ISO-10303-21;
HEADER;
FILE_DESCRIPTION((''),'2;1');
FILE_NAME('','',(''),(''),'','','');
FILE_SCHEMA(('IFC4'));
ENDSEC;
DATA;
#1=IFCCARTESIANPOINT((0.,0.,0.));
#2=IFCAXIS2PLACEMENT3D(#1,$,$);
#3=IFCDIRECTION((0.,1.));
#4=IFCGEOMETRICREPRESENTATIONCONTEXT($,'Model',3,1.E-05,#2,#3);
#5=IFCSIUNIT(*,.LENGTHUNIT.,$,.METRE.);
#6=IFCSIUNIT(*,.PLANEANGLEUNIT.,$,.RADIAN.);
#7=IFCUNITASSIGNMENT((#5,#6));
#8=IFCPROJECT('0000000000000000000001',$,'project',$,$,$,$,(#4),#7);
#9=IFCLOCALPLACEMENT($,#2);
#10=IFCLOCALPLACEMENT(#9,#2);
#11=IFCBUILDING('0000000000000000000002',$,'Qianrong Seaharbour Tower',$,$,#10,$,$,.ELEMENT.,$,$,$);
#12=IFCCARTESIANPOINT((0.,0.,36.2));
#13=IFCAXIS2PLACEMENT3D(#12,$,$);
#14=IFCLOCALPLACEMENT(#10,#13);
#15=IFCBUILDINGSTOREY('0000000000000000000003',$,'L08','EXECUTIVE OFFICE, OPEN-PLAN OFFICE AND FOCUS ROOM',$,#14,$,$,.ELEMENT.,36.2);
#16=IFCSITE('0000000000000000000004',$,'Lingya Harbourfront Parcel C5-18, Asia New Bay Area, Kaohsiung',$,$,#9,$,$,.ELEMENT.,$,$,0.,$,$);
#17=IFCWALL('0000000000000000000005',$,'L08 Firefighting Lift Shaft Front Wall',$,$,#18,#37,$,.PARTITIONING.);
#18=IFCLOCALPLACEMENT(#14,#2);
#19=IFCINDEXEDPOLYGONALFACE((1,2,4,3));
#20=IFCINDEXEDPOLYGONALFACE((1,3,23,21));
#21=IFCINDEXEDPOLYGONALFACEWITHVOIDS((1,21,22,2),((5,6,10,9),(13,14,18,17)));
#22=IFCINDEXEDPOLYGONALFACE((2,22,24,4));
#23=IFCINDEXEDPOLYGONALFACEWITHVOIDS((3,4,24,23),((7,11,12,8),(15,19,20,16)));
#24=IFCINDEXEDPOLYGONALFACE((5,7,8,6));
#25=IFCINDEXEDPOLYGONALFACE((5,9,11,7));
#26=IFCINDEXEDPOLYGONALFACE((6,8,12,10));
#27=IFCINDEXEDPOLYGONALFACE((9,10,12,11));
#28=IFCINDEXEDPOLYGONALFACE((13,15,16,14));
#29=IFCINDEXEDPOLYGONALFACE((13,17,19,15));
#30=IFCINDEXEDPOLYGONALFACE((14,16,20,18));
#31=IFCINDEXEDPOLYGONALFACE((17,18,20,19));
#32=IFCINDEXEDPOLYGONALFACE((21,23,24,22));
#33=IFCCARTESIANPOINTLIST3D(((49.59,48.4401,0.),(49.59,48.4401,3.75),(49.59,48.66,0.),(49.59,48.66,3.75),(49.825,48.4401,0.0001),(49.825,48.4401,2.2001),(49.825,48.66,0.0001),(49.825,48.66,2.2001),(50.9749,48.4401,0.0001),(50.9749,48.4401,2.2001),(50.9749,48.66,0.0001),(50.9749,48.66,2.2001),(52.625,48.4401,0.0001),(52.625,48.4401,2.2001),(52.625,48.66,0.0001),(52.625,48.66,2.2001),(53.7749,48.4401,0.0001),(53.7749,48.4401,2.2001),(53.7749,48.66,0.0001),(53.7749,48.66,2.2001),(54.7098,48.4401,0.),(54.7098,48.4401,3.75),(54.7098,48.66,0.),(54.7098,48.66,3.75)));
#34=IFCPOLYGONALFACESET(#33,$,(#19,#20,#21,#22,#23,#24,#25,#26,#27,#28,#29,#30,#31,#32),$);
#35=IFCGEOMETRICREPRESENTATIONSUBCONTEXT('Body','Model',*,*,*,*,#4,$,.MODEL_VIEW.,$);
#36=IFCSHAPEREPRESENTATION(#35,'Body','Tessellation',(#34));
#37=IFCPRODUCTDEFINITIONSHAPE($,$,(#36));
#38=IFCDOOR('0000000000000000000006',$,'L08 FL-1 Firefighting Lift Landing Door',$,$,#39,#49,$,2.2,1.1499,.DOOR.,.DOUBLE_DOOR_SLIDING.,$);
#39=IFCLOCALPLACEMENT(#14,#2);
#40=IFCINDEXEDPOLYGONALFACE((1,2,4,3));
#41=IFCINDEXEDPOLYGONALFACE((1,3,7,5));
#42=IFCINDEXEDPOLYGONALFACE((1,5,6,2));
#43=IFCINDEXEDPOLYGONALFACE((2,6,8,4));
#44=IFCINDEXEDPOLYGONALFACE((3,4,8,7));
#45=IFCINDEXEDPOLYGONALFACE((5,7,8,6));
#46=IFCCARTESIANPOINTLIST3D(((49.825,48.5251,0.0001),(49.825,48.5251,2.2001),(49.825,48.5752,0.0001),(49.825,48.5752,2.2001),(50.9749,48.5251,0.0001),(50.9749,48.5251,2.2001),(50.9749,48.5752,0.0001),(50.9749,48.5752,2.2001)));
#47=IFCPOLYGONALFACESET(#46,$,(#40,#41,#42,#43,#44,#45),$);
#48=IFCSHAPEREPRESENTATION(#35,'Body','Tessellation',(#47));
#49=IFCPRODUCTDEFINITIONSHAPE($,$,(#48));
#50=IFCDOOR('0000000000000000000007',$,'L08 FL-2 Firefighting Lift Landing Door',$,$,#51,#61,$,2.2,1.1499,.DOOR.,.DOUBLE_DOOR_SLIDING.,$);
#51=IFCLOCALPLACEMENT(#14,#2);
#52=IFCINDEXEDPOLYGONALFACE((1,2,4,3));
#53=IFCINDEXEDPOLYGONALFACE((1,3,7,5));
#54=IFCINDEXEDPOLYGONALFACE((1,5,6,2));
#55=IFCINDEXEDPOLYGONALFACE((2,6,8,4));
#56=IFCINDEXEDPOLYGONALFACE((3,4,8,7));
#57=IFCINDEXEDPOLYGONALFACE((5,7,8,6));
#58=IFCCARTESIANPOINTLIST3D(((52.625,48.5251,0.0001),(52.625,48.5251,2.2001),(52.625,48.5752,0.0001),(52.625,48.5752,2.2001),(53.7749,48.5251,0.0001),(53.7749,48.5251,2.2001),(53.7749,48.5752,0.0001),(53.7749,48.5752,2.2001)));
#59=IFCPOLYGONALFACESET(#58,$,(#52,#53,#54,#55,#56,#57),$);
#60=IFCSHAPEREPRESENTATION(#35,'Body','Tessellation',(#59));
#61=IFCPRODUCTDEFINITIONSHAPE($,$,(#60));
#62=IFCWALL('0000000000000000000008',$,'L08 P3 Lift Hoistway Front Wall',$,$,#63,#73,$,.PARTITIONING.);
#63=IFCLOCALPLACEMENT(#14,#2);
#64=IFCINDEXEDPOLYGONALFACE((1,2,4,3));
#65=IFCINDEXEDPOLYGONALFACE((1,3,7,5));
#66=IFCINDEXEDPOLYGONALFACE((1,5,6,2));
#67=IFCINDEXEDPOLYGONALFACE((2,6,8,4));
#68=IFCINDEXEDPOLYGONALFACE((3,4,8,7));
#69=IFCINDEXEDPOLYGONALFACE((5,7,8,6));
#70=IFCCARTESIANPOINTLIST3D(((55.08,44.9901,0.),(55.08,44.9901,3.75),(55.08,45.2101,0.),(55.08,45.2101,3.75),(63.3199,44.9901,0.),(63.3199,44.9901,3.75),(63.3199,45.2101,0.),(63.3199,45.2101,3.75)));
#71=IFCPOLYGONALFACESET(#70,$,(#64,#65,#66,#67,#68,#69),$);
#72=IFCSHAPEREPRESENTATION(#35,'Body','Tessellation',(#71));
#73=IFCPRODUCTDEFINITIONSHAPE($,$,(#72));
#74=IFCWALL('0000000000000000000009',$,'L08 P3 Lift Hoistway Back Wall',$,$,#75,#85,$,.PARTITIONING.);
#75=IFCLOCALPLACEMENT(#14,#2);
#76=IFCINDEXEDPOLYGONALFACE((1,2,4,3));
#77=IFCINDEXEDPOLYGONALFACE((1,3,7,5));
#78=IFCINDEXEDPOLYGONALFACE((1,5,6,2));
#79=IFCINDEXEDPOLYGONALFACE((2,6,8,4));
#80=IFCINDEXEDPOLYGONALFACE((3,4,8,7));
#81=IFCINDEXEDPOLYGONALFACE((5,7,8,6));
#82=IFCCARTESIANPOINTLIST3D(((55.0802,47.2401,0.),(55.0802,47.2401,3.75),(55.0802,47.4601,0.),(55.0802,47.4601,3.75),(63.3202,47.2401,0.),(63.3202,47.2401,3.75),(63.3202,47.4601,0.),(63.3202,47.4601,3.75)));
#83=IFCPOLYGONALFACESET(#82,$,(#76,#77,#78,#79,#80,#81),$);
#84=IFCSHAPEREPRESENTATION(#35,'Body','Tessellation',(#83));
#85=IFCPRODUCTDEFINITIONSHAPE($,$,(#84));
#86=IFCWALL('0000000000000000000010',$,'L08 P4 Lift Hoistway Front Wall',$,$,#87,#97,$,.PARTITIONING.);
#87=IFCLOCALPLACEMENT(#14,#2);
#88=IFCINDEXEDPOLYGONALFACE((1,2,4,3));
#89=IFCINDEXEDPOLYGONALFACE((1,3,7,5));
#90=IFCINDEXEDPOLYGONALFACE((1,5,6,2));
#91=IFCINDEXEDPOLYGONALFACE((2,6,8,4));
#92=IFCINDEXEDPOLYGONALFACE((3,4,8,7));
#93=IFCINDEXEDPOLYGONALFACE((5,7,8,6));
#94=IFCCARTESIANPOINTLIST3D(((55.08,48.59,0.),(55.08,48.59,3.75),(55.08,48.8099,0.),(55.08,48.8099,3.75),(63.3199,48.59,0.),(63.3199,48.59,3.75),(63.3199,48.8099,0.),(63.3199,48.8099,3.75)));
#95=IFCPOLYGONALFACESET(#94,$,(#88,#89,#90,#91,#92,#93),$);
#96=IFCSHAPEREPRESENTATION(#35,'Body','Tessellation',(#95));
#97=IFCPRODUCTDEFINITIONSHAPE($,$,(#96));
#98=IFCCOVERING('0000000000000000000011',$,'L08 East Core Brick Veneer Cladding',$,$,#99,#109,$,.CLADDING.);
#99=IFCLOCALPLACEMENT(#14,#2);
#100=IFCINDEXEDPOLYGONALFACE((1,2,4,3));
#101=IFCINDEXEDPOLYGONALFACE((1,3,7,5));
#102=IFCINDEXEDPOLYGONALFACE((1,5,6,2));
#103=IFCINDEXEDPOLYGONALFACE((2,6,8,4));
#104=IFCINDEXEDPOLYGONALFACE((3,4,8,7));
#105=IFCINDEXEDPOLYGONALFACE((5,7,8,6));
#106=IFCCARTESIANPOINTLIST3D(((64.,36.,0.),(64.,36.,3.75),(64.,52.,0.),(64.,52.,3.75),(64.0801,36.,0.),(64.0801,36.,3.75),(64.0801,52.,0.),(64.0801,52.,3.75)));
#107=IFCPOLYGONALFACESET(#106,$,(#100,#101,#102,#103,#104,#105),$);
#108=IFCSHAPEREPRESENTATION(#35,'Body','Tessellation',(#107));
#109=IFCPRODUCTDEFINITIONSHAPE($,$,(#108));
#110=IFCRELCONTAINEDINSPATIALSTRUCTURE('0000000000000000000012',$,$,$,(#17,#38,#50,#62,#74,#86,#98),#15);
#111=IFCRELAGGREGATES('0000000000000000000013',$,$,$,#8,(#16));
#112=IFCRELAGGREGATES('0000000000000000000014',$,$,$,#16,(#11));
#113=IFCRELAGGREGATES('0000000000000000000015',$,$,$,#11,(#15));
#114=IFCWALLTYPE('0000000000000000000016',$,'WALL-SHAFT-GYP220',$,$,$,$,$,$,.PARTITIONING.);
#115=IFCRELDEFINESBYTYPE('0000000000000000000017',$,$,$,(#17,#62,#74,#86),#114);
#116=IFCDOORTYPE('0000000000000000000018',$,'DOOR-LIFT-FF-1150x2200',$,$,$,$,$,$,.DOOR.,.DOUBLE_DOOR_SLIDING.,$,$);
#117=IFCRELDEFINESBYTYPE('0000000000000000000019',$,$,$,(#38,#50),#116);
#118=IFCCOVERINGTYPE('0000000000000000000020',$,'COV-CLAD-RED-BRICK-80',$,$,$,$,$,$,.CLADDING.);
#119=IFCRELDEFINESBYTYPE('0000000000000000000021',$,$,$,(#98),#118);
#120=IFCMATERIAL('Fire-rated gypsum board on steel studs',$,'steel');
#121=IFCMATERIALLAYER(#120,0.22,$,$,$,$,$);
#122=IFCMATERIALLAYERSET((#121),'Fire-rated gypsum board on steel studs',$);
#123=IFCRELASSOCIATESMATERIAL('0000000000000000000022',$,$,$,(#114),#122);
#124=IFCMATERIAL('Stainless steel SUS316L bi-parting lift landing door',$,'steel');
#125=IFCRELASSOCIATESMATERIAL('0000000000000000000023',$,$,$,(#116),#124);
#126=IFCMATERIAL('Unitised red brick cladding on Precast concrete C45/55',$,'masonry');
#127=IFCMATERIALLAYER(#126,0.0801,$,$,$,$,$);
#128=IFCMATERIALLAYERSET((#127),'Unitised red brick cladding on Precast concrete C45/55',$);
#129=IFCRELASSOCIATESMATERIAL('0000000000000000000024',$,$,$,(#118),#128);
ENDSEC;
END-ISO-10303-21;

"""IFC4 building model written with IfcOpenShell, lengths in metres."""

from ifc_helpers import new_model, si_unit, direction, frame, frame_2d, origin, origin_2d, place, context, subcontext, project, spatial, rectangle, extrude, material, layer, layer_set, type_object, element, fill, save


model = new_model("IFC4")

# Units and contexts
model_context = context("Model", 3, precision=1e-05, world=origin(), true_north=direction((0.0, 1.0)))
body_context = subcontext(model_context, "Body", "Model", "MODEL_VIEW")
ifc_project = project(units=[si_unit("LENGTHUNIT", "METRE"), si_unit("PLANEANGLEUNIT", "RADIAN")], contexts=[model_context])

# Site, building, storey
site_placement = place(None, origin())
site = spatial("IfcSite", under=ifc_project, at=site_placement, Name="Lingya Harbourfront Parcel C5-18, Asia New Bay Area, Kaohsiung", CompositionType="ELEMENT", RefElevation=0.0)
building_placement = place(site_placement, origin())
building = spatial("IfcBuilding", under=site, at=building_placement, Name="Qianrong Seaharbour Tower", CompositionType="ELEMENT")
storey_placement = place(building_placement, frame((0.0, 0.0, 36.2)))
storey = spatial("IfcBuildingStorey", under=building, at=storey_placement, Name="L08", Description="EXECUTIVE OFFICE, OPEN-PLAN OFFICE AND FOCUS ROOM", CompositionType="ELEMENT", Elevation=36.2)

# Shared definitions
ifc_material_1 = material(Name="Fire-rated gypsum board on steel studs", Category="steel")

# Wall, openings, doors
ifc_layer_1 = layer(ifc_material_1, 0.22)
ifc_layer_set_1 = layer_set([ifc_layer_1], Name="Fire-rated gypsum board on steel studs")
wall_type_1 = type_object("IfcWallType", Name="WALL-SHAFT-GYP220", PredefinedType="PARTITIONING", material=ifc_layer_set_1)
wall_1_placement = place(storey_placement, frame((54.71, 48.55, 0.0), z_axis=(0.0, 0.0, 1.0), x_axis=(-1.0, 0.0, 0.0)))
wall_1 = element("IfcWall", 1, at=wall_1_placement, inside=storey, type_object=wall_type_1, Name="L08 Firefighting Lift Shaft Front Wall", PredefinedType="PARTITIONING", context=body_context, shape_type="SweptSolid", body=[
    extrude(rectangle(XDim=5.1199, YDim=0.22, at=frame_2d((2.5601, 0.0))), origin(), (0.0, 0.0, 1.0), 3.75),
])
opening_1_placement = place(wall_1_placement, frame((3.7351, 0.0, 0.0)))
opening_1 = element("IfcOpeningElement", 2, at=opening_1_placement, cuts=wall_1, PredefinedType="OPENING", context=body_context, shape_type="SweptSolid", body=[
    extrude(rectangle(XDim=1.1499, YDim=2.2, at=frame_2d((0.575, 1.1001))), frame((0.0, 0.1201, 0.0), z_axis=(0.0, -1.0, 0.0), x_axis=(1.0, 0.0, 0.0)), (0.0, 0.0, 1.0), 0.24),
])
opening_2_placement = place(wall_1_placement, frame((0.9351, 0.0, 0.0)))
opening_2 = element("IfcOpeningElement", 3, at=opening_2_placement, cuts=wall_1, PredefinedType="OPENING", context=body_context, shape_type="SweptSolid", body=[
    extrude(rectangle(XDim=1.1499, YDim=2.2, at=frame_2d((0.575, 1.1001))), frame((0.0, 0.1201, 0.0), z_axis=(0.0, -1.0, 0.0), x_axis=(1.0, 0.0, 0.0)), (0.0, 0.0, 1.0), 0.24),
])
ifc_material_2 = material(Name="Stainless steel SUS316L bi-parting lift landing door", Category="steel")
door_type_1 = type_object("IfcDoorType", Name="DOOR-LIFT-FF-1150x2200", OperationType="DOUBLE_DOOR_SLIDING", PredefinedType="DOOR", material=ifc_material_2)
door_1_placement = place(opening_1_placement, origin())
door_1 = element("IfcDoor", 4, at=door_1_placement, inside=storey, type_object=door_type_1, Name="L08 FL-1 Firefighting Lift Landing Door", OperationType="DOUBLE_DOOR_SLIDING", OverallHeight=2.2, OverallWidth=1.1499, PredefinedType="DOOR", context=body_context, shape_type="SweptSolid", body=[
    extrude(rectangle(XDim=1.1499, YDim=2.2, at=frame_2d((0.575, 1.1001))), frame((0.0, 0.0249, 0.0), z_axis=(0.0, -1.0, 0.0), x_axis=(1.0, 0.0, 0.0)), (0.0, 0.0, 1.0), 0.05),
])
fill(opening_1, door_1)
door_2_placement = place(opening_2_placement, origin())
door_2 = element("IfcDoor", 5, at=door_2_placement, inside=storey, type_object=door_type_1, Name="L08 FL-2 Firefighting Lift Landing Door", OperationType="DOUBLE_DOOR_SLIDING", OverallHeight=2.2, OverallWidth=1.1499, PredefinedType="DOOR", context=body_context, shape_type="SweptSolid", body=[
    extrude(rectangle(XDim=1.1499, YDim=2.2, at=frame_2d((0.575, 1.1001))), frame((0.0, 0.0249, 0.0), z_axis=(0.0, -1.0, 0.0), x_axis=(1.0, 0.0, 0.0)), (0.0, 0.0, 1.0), 0.05),
])
fill(opening_2, door_2)

# Walls
for number, where, z_axis, x_axis, name in (
    (6, (63.3201, 45.1001, 0.0), (0.0, 0.0, 1.0), (-1.0, 0.0, 0.0), "L08 P3 Lift Hoistway Front Wall"),
    (7, (55.0801, 47.3501, 0.0), (0.0, 0.0, 1.0), (1.0, 0.0, 0.0), "L08 P3 Lift Hoistway Back Wall"),
    (8, (63.3201, 48.7, 0.0), (0.0, 0.0, 1.0), (-1.0, 0.0, 0.0), "L08 P4 Lift Hoistway Front Wall"),
):
    element("IfcWall", number, at=place(storey_placement, frame(where, z_axis=z_axis, x_axis=x_axis)), inside=storey, type_object=wall_type_1, Name=name, PredefinedType="PARTITIONING", context=body_context, shape_type="SweptSolid", body=[
        extrude(rectangle(XDim=8.24, YDim=0.22, at=frame_2d((4.1201, 0.0))), origin(), (0.0, 0.0, 1.0), 3.75),
    ])

# Covering
ifc_material_3 = material(Name="Unitised red brick cladding on Precast concrete C45/55", Category="masonry")
ifc_layer_2 = layer(ifc_material_3, 0.0801)
ifc_layer_set_2 = layer_set([ifc_layer_2], Name="Unitised red brick cladding on Precast concrete C45/55")
covering_type = type_object("IfcCoveringType", Name="COV-CLAD-RED-BRICK-80", PredefinedType="CLADDING", material=ifc_layer_set_2)
covering_placement = place(storey_placement, frame((64.04, 44.0, 0.0), z_axis=(0.0, 0.0, 1.0), x_axis=(1.0, 0.0, 0.0)))
element("IfcCovering", 9, at=covering_placement, inside=storey, type_object=covering_type, Name="L08 East Core Brick Veneer Cladding", PredefinedType="CLADDING", context=body_context, shape_type="SweptSolid", body=[
    extrude(rectangle(XDim=0.0801, YDim=16.0, at=origin_2d()), origin(), (0.0, 0.0, 1.0), 3.75),
])

save(model, "model.ifc")
